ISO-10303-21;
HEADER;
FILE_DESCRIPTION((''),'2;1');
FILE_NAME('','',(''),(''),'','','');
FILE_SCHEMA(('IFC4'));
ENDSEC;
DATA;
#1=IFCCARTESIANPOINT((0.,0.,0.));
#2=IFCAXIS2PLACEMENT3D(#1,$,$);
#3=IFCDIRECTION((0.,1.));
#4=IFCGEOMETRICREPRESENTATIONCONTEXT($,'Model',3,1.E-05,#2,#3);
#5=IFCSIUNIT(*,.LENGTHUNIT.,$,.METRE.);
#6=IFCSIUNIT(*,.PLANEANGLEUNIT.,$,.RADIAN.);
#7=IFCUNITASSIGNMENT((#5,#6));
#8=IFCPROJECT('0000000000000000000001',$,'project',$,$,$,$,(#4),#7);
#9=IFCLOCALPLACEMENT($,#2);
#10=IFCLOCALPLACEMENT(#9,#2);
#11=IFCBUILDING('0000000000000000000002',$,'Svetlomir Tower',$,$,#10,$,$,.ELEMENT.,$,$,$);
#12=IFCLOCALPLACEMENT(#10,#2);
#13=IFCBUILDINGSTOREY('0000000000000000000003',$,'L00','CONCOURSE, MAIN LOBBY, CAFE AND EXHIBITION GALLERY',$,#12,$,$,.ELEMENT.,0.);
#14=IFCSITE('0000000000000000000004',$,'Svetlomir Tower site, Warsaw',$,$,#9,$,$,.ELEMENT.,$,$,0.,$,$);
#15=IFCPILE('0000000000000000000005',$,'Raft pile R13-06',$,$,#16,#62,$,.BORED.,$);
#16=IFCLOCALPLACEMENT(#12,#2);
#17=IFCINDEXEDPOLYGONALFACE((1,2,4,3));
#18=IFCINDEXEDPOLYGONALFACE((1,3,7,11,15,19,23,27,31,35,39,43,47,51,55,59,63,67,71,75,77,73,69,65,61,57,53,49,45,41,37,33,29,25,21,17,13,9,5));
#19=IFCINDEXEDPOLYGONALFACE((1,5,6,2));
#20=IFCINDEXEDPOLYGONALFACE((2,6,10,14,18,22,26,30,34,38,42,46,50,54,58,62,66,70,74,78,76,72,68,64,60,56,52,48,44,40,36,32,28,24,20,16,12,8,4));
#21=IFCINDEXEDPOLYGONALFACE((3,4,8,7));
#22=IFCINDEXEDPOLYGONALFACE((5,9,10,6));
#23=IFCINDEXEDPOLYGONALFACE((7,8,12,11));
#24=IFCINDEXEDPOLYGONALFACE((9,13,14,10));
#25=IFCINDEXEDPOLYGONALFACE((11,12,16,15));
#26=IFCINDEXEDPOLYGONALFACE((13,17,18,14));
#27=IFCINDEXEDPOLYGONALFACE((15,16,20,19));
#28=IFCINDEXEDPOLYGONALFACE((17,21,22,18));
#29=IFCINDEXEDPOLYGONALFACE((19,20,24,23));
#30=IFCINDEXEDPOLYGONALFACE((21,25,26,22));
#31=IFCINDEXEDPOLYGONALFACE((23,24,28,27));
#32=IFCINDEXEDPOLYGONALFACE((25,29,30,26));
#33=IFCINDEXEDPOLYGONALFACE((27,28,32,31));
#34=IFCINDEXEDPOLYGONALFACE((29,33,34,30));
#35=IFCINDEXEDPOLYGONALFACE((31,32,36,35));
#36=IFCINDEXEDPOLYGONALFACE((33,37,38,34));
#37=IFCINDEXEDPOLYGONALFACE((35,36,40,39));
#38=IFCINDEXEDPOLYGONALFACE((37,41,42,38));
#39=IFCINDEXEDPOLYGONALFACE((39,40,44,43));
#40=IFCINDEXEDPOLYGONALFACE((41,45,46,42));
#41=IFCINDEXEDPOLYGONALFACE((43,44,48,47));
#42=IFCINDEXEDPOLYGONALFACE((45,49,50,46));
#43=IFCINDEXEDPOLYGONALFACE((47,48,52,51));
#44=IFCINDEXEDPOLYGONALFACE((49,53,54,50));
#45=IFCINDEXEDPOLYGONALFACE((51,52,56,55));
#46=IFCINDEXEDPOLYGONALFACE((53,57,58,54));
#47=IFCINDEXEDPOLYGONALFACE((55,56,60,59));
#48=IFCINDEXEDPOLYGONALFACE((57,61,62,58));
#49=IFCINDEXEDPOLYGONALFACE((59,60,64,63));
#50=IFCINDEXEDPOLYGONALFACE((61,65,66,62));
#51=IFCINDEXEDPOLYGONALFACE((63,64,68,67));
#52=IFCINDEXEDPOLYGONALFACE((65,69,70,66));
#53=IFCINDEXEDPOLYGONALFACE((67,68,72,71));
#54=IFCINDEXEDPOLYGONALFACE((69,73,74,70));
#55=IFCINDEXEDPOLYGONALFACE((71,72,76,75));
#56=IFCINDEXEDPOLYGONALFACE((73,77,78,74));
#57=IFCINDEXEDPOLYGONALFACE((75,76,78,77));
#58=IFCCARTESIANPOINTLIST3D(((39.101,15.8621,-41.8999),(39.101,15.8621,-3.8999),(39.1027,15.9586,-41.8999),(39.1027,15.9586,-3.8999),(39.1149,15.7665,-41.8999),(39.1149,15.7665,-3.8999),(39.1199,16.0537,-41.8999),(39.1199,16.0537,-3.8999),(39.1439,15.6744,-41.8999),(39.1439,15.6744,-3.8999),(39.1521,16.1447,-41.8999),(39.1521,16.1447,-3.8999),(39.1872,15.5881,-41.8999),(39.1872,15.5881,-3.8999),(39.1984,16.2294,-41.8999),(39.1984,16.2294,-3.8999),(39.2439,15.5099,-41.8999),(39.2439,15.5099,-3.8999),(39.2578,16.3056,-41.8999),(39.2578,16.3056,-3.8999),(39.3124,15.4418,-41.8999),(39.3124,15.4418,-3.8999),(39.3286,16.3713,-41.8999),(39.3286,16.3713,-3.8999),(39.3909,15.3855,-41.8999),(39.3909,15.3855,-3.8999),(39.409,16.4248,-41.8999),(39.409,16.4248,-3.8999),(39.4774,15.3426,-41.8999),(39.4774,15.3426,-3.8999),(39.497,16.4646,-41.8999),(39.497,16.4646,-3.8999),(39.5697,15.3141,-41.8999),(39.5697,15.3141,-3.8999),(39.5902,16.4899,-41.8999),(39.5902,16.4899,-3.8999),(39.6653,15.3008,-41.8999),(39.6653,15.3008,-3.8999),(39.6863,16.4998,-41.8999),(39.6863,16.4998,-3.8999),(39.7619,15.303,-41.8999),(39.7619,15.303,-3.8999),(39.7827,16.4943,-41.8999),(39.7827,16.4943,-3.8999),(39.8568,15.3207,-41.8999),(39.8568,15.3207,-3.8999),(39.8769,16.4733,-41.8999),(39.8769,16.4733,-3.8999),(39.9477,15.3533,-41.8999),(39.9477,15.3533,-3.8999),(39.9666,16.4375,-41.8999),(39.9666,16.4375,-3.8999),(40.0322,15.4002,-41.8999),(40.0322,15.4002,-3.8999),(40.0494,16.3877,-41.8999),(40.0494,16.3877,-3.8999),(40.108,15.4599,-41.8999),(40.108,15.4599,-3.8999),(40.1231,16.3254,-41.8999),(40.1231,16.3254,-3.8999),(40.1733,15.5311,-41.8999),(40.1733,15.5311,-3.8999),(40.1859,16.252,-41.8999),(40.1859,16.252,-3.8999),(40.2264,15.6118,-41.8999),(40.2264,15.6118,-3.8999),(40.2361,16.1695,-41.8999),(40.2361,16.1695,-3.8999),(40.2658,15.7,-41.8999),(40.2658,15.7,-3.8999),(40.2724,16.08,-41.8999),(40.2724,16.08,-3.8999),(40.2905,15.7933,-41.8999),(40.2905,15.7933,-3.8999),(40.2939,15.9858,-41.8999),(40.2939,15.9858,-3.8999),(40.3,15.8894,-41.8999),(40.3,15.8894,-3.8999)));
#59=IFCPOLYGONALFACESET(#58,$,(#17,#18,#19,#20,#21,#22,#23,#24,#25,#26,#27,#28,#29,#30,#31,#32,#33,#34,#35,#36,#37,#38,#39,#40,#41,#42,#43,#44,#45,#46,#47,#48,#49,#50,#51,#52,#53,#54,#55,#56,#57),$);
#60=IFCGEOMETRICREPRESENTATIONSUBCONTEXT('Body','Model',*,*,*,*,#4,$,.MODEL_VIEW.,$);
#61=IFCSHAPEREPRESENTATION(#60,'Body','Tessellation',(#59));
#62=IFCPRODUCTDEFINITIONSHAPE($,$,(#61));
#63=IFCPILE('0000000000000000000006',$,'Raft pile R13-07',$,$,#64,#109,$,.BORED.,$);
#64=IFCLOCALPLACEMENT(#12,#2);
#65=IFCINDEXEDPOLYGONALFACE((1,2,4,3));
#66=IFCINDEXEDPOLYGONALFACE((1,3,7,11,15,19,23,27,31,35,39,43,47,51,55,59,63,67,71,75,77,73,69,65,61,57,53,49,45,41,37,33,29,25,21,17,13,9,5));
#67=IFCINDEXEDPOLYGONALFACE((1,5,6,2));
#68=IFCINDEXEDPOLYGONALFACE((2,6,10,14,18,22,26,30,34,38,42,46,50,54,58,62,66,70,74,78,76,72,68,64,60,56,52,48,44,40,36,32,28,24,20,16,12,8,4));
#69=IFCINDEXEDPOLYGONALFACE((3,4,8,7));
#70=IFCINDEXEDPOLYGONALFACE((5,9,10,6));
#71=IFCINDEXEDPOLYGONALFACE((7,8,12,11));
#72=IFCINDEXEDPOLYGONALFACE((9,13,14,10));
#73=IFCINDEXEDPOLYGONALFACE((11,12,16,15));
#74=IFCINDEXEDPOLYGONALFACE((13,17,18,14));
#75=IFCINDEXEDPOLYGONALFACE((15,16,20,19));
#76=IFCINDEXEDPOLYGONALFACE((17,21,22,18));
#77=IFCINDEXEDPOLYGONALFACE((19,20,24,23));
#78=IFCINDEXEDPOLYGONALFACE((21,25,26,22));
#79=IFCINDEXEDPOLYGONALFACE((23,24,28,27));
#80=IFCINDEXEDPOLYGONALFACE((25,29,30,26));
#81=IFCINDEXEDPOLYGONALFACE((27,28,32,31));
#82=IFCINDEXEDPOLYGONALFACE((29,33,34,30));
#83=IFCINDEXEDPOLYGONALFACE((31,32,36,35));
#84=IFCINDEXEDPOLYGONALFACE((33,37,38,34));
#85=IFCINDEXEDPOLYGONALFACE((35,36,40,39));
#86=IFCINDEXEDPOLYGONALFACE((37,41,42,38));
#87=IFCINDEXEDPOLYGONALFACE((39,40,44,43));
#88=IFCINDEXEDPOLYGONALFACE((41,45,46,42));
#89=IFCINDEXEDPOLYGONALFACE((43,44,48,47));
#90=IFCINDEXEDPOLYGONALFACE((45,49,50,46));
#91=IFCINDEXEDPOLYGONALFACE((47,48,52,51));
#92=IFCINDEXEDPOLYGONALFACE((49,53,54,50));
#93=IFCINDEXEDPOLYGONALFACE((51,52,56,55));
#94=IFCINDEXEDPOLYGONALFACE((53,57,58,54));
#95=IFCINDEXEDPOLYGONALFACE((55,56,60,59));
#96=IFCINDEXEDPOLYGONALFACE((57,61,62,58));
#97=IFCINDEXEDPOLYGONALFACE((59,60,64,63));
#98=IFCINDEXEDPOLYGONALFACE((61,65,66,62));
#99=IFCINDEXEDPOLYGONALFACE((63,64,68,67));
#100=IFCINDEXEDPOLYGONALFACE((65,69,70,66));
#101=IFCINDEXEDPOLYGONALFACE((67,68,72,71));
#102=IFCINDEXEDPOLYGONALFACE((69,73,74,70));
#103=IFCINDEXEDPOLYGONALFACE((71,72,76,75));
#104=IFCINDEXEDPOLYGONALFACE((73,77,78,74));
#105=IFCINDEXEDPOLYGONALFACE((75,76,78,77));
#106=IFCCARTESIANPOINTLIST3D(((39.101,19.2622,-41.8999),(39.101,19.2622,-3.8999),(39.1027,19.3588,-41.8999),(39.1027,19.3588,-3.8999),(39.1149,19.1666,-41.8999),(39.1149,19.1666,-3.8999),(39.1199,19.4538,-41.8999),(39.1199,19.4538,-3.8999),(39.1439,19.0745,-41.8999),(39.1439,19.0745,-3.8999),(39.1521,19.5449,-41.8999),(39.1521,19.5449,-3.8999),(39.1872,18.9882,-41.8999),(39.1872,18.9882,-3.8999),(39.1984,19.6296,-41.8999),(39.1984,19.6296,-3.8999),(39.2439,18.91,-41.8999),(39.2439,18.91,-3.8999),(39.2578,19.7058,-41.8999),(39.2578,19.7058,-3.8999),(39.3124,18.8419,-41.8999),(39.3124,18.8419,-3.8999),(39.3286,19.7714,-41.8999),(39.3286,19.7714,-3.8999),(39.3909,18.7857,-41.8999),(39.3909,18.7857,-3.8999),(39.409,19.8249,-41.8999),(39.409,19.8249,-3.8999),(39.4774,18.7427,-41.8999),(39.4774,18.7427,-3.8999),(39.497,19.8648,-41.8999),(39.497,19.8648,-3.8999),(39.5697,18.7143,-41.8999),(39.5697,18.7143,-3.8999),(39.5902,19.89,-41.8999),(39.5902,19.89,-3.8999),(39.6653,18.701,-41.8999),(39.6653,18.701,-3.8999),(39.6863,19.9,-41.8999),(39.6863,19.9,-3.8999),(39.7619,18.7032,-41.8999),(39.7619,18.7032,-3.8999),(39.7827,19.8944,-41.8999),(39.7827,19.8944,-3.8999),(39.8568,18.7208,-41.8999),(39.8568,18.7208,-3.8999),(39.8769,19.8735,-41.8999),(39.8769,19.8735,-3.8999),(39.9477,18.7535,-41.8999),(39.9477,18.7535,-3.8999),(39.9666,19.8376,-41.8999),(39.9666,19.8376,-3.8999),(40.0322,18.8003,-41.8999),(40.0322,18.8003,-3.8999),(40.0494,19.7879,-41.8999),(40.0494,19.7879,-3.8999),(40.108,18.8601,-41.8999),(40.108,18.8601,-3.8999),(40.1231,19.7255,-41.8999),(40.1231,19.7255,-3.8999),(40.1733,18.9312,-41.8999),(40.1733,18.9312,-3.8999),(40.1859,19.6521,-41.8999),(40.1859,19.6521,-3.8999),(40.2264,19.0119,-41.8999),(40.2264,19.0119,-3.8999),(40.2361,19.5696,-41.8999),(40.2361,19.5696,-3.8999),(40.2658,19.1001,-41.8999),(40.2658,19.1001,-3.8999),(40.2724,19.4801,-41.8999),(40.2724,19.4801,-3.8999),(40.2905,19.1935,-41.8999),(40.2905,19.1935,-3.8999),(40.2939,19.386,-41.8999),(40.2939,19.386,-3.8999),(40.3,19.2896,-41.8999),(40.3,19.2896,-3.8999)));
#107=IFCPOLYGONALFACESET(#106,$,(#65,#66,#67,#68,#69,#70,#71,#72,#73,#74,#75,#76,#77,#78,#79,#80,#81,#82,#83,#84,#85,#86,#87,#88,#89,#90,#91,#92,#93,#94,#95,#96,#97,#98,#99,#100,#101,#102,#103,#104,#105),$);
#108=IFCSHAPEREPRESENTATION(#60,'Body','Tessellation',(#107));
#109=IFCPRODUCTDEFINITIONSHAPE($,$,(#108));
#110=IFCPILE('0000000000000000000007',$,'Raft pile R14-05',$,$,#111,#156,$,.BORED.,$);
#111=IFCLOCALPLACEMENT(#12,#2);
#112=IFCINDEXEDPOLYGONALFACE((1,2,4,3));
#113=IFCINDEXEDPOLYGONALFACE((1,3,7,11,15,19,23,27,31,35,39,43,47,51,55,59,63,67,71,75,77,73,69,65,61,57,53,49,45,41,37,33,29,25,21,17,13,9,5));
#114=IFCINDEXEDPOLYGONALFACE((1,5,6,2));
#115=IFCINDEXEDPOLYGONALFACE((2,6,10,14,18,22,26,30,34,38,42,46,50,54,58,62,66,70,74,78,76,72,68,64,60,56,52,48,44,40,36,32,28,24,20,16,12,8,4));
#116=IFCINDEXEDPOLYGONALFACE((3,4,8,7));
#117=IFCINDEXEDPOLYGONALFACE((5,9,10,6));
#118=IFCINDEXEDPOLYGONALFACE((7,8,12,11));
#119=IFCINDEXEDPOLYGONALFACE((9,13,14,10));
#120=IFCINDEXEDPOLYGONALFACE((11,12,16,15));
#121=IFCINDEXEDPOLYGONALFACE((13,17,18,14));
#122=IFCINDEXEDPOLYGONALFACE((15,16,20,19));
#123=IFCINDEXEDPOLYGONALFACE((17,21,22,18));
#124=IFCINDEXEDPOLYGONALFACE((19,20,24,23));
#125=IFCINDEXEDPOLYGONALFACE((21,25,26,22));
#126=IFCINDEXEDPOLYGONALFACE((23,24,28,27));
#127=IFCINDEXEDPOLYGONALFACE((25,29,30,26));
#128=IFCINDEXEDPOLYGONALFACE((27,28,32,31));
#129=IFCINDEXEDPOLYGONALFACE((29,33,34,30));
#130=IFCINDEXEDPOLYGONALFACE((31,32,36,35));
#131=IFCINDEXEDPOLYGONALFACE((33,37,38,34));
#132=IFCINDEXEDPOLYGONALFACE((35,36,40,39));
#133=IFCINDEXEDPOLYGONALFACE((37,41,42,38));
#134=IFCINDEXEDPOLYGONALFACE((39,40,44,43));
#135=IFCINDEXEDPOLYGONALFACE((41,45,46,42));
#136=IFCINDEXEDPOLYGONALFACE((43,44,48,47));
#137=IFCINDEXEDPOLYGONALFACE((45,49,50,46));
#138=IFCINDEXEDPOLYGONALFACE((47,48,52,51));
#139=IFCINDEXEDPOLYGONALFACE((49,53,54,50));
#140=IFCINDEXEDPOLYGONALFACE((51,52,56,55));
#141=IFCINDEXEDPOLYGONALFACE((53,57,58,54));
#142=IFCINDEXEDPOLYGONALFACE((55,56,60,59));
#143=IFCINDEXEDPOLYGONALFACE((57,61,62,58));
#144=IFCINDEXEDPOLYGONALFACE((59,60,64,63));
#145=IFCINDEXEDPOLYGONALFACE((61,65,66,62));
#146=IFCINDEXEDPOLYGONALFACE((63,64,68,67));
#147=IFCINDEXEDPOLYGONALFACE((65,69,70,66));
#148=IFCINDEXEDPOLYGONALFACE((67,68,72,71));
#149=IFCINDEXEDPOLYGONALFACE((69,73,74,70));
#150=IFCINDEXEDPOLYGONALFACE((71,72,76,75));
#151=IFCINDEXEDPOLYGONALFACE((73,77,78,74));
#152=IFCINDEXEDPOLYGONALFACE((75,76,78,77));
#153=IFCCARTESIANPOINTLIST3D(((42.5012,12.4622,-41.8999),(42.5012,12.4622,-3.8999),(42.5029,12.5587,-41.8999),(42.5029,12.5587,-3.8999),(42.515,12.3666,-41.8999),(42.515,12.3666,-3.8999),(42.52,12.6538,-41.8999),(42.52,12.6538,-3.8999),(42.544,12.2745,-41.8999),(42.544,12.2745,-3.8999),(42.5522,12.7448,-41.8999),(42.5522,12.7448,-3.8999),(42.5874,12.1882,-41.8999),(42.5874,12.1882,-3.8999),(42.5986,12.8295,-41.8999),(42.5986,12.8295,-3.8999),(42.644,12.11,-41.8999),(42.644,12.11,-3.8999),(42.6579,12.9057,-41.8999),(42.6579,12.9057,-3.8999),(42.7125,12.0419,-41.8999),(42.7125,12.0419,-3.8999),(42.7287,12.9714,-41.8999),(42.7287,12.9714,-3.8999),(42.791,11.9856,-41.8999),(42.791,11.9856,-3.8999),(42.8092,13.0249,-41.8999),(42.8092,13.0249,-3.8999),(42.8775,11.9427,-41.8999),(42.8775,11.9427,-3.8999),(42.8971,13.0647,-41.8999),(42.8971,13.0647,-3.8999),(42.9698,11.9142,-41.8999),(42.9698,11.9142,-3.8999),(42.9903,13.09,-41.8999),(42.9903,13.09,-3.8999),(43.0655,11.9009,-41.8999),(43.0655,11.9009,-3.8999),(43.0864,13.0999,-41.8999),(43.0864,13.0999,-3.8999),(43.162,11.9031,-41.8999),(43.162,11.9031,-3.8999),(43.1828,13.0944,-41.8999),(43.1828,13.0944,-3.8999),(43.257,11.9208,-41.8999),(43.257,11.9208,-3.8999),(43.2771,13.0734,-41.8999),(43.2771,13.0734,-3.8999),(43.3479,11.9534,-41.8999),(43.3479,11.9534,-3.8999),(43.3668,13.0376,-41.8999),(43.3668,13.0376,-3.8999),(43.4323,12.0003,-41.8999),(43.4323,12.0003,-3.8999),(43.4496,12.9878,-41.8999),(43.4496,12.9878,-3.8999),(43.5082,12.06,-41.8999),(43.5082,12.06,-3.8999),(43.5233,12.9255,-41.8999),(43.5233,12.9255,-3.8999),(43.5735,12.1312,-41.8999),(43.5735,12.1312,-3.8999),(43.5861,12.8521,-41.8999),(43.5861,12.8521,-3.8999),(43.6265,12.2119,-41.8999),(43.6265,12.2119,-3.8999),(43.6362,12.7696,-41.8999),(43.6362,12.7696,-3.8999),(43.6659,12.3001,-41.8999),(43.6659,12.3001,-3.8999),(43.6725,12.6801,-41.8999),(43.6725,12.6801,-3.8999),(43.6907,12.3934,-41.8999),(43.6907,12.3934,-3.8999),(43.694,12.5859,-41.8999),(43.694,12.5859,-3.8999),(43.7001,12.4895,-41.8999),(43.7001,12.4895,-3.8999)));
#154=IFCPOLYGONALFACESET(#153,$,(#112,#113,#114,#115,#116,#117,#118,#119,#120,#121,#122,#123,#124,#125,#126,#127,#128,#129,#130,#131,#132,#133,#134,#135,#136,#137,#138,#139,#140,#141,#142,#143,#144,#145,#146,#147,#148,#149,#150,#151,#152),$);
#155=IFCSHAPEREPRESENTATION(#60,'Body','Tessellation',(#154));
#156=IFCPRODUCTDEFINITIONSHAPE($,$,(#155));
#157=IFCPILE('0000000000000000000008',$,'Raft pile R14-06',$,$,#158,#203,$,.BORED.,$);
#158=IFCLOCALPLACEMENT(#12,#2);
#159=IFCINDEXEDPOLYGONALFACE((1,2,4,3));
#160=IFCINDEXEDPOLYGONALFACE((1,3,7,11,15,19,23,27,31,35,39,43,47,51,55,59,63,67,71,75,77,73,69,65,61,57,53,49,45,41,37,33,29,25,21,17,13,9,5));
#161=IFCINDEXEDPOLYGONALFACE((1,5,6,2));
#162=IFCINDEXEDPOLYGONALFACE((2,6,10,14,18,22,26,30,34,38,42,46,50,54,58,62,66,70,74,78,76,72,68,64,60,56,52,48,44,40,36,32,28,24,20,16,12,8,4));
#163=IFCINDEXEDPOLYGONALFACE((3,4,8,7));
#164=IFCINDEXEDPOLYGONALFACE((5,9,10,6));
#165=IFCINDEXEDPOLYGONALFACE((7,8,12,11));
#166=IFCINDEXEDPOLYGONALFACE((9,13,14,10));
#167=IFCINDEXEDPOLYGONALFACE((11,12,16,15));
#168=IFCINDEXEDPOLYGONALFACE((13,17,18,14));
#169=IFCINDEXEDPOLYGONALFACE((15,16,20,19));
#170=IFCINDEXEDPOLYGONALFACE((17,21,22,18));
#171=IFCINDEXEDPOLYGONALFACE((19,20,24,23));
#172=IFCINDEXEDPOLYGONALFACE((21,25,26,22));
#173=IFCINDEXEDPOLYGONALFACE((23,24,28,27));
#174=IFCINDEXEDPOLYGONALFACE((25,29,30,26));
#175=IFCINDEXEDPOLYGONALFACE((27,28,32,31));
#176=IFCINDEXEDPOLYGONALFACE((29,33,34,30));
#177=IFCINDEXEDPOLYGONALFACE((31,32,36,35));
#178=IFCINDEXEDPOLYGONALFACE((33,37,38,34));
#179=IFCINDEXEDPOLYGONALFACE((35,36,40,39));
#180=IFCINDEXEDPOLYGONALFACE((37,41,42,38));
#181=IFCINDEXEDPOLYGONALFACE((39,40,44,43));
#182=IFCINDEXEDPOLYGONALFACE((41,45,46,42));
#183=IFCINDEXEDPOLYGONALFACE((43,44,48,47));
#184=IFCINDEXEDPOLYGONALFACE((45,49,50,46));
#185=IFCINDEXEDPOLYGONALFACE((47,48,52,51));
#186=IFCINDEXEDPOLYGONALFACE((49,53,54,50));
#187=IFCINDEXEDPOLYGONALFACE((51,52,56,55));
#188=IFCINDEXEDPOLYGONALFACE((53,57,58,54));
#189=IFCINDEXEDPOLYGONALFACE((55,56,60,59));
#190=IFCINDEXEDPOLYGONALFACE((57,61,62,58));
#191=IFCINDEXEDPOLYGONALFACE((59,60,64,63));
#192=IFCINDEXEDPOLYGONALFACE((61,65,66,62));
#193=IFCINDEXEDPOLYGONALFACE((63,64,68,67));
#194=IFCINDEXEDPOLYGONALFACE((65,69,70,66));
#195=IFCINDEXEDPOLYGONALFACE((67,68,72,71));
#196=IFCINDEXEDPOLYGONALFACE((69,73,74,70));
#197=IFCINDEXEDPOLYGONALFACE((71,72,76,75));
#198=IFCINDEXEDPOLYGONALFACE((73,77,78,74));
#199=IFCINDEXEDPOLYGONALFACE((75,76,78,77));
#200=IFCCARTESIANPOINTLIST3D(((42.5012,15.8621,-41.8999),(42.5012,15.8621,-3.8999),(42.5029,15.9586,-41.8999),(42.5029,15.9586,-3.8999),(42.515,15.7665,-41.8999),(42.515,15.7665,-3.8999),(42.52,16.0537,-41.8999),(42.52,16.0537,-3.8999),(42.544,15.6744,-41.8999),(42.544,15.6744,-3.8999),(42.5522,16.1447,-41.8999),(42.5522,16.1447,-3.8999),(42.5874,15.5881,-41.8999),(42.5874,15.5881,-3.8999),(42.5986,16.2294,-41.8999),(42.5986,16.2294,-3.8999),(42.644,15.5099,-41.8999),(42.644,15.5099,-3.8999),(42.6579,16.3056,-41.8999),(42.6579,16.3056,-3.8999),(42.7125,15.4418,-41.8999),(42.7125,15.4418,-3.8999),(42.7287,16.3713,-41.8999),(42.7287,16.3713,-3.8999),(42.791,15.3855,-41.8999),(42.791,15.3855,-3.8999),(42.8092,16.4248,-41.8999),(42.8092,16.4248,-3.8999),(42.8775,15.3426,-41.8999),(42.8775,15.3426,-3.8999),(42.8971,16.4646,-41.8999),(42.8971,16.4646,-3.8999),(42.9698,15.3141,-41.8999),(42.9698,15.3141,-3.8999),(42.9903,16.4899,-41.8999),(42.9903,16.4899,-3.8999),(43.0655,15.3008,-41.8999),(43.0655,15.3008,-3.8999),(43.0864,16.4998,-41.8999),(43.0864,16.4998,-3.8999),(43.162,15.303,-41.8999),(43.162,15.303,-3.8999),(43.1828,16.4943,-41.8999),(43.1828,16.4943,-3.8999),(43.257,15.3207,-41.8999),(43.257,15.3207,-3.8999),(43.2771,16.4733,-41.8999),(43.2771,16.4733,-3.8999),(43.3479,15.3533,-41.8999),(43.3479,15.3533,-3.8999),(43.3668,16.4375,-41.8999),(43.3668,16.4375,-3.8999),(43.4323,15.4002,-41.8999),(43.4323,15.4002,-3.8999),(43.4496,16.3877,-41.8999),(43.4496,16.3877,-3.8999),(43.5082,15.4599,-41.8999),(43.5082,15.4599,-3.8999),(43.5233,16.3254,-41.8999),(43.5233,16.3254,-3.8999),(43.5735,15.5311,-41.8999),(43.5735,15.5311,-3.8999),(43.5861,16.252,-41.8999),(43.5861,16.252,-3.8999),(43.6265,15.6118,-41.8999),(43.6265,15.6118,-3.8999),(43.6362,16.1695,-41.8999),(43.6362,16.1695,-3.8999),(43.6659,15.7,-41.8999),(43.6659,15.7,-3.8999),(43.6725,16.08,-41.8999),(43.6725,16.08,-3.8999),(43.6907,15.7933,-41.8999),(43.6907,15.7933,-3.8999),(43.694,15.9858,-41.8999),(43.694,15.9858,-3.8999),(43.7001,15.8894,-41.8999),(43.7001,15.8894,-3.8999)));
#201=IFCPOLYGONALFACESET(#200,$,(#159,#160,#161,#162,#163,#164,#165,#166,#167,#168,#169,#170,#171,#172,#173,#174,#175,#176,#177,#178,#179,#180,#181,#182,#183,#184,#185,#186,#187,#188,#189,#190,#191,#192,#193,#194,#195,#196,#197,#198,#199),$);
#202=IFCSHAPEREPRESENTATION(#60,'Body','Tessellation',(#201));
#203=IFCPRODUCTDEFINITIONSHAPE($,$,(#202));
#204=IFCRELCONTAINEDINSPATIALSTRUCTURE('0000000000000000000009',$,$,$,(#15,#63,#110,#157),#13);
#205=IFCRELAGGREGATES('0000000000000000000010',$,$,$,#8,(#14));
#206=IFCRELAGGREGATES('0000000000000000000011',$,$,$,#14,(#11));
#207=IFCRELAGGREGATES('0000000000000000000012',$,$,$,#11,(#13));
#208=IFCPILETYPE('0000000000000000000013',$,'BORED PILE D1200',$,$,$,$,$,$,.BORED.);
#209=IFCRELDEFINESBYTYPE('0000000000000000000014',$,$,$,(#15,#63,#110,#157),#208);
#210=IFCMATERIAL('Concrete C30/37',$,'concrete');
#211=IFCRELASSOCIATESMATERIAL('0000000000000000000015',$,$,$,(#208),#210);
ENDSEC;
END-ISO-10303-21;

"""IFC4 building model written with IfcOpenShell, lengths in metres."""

from ifc_helpers import new_model, si_unit, direction, frame, frame_2d, origin, origin_2d, place, context, subcontext, project, spatial, circle, extrude, material, material_profile, profile_set, type_object, element, save


model = new_model("IFC4")

# Units and contexts
model_context = context("Model", 3, precision=1e-05, world=origin(), true_north=direction((0.0, 1.0)))
body_context = subcontext(model_context, "Body", "Model", "MODEL_VIEW")
ifc_project = project(units=[si_unit("LENGTHUNIT", "METRE"), si_unit("PLANEANGLEUNIT", "RADIAN")], contexts=[model_context])

# Site, building, storey
site_placement = place(None, origin())
site = spatial("IfcSite", under=ifc_project, at=site_placement, Name="Svetlomir Tower site, Warsaw", CompositionType="ELEMENT", RefElevation=0.0)
building_placement = place(site_placement, origin())
building = spatial("IfcBuilding", under=site, at=building_placement, Name="Svetlomir Tower", CompositionType="ELEMENT")
storey_placement = place(building_placement, origin())
storey = spatial("IfcBuildingStorey", under=building, at=storey_placement, Name="L00", Description="CONCOURSE, MAIN LOBBY, CAFE AND EXHIBITION GALLERY", CompositionType="ELEMENT", Elevation=0.0)

# Piles
ifc_material_1 = material(Name="Concrete C30/37", Category="concrete")
ifc_material_profile_1 = material_profile(ifc_material_1, circle(Radius=0.6001, at=origin_2d()), Name="D1200")
ifc_profile_set_1 = profile_set([ifc_material_profile_1], Name="Concrete C30/37")
pile_type = type_object("IfcPileType", Name="BORED PILE D1200", PredefinedType="BORED", material=ifc_profile_set_1)
for number, where, z_axis, x_axis, name in (
    (1, (39.7, 15.8999, -3.8999), (0.0, 0.0, -1.0), (1.0, 0.0, 0.0), "Raft pile R13-06"),
    (2, (39.7, 19.3, -3.8999), (0.0, 0.0, -1.0), (1.0, 0.0, 0.0), "Raft pile R13-07"),
    (3, (43.1001, 12.5, -3.8999), (0.0, 0.0, -1.0), (1.0, 0.0, 0.0), "Raft pile R14-05"),
    (4, (43.1001, 15.8999, -3.8999), (0.0, 0.0, -1.0), (1.0, 0.0, 0.0), "Raft pile R14-06"),
):
    element("IfcPile", number, at=place(storey_placement, frame(where, z_axis=z_axis, x_axis=x_axis)), inside=storey, type_object=pile_type, Name=name, PredefinedType="BORED", context=body_context, shape_type="SweptSolid", body=[
        extrude(circle(Radius=0.6001, at=frame_2d((0.0, 0.0), x_axis=(0.999848, 0.017452))), origin(), (0.0, 0.0, 1.0), 38.0),
    ])

save(model, "model.ifc")
